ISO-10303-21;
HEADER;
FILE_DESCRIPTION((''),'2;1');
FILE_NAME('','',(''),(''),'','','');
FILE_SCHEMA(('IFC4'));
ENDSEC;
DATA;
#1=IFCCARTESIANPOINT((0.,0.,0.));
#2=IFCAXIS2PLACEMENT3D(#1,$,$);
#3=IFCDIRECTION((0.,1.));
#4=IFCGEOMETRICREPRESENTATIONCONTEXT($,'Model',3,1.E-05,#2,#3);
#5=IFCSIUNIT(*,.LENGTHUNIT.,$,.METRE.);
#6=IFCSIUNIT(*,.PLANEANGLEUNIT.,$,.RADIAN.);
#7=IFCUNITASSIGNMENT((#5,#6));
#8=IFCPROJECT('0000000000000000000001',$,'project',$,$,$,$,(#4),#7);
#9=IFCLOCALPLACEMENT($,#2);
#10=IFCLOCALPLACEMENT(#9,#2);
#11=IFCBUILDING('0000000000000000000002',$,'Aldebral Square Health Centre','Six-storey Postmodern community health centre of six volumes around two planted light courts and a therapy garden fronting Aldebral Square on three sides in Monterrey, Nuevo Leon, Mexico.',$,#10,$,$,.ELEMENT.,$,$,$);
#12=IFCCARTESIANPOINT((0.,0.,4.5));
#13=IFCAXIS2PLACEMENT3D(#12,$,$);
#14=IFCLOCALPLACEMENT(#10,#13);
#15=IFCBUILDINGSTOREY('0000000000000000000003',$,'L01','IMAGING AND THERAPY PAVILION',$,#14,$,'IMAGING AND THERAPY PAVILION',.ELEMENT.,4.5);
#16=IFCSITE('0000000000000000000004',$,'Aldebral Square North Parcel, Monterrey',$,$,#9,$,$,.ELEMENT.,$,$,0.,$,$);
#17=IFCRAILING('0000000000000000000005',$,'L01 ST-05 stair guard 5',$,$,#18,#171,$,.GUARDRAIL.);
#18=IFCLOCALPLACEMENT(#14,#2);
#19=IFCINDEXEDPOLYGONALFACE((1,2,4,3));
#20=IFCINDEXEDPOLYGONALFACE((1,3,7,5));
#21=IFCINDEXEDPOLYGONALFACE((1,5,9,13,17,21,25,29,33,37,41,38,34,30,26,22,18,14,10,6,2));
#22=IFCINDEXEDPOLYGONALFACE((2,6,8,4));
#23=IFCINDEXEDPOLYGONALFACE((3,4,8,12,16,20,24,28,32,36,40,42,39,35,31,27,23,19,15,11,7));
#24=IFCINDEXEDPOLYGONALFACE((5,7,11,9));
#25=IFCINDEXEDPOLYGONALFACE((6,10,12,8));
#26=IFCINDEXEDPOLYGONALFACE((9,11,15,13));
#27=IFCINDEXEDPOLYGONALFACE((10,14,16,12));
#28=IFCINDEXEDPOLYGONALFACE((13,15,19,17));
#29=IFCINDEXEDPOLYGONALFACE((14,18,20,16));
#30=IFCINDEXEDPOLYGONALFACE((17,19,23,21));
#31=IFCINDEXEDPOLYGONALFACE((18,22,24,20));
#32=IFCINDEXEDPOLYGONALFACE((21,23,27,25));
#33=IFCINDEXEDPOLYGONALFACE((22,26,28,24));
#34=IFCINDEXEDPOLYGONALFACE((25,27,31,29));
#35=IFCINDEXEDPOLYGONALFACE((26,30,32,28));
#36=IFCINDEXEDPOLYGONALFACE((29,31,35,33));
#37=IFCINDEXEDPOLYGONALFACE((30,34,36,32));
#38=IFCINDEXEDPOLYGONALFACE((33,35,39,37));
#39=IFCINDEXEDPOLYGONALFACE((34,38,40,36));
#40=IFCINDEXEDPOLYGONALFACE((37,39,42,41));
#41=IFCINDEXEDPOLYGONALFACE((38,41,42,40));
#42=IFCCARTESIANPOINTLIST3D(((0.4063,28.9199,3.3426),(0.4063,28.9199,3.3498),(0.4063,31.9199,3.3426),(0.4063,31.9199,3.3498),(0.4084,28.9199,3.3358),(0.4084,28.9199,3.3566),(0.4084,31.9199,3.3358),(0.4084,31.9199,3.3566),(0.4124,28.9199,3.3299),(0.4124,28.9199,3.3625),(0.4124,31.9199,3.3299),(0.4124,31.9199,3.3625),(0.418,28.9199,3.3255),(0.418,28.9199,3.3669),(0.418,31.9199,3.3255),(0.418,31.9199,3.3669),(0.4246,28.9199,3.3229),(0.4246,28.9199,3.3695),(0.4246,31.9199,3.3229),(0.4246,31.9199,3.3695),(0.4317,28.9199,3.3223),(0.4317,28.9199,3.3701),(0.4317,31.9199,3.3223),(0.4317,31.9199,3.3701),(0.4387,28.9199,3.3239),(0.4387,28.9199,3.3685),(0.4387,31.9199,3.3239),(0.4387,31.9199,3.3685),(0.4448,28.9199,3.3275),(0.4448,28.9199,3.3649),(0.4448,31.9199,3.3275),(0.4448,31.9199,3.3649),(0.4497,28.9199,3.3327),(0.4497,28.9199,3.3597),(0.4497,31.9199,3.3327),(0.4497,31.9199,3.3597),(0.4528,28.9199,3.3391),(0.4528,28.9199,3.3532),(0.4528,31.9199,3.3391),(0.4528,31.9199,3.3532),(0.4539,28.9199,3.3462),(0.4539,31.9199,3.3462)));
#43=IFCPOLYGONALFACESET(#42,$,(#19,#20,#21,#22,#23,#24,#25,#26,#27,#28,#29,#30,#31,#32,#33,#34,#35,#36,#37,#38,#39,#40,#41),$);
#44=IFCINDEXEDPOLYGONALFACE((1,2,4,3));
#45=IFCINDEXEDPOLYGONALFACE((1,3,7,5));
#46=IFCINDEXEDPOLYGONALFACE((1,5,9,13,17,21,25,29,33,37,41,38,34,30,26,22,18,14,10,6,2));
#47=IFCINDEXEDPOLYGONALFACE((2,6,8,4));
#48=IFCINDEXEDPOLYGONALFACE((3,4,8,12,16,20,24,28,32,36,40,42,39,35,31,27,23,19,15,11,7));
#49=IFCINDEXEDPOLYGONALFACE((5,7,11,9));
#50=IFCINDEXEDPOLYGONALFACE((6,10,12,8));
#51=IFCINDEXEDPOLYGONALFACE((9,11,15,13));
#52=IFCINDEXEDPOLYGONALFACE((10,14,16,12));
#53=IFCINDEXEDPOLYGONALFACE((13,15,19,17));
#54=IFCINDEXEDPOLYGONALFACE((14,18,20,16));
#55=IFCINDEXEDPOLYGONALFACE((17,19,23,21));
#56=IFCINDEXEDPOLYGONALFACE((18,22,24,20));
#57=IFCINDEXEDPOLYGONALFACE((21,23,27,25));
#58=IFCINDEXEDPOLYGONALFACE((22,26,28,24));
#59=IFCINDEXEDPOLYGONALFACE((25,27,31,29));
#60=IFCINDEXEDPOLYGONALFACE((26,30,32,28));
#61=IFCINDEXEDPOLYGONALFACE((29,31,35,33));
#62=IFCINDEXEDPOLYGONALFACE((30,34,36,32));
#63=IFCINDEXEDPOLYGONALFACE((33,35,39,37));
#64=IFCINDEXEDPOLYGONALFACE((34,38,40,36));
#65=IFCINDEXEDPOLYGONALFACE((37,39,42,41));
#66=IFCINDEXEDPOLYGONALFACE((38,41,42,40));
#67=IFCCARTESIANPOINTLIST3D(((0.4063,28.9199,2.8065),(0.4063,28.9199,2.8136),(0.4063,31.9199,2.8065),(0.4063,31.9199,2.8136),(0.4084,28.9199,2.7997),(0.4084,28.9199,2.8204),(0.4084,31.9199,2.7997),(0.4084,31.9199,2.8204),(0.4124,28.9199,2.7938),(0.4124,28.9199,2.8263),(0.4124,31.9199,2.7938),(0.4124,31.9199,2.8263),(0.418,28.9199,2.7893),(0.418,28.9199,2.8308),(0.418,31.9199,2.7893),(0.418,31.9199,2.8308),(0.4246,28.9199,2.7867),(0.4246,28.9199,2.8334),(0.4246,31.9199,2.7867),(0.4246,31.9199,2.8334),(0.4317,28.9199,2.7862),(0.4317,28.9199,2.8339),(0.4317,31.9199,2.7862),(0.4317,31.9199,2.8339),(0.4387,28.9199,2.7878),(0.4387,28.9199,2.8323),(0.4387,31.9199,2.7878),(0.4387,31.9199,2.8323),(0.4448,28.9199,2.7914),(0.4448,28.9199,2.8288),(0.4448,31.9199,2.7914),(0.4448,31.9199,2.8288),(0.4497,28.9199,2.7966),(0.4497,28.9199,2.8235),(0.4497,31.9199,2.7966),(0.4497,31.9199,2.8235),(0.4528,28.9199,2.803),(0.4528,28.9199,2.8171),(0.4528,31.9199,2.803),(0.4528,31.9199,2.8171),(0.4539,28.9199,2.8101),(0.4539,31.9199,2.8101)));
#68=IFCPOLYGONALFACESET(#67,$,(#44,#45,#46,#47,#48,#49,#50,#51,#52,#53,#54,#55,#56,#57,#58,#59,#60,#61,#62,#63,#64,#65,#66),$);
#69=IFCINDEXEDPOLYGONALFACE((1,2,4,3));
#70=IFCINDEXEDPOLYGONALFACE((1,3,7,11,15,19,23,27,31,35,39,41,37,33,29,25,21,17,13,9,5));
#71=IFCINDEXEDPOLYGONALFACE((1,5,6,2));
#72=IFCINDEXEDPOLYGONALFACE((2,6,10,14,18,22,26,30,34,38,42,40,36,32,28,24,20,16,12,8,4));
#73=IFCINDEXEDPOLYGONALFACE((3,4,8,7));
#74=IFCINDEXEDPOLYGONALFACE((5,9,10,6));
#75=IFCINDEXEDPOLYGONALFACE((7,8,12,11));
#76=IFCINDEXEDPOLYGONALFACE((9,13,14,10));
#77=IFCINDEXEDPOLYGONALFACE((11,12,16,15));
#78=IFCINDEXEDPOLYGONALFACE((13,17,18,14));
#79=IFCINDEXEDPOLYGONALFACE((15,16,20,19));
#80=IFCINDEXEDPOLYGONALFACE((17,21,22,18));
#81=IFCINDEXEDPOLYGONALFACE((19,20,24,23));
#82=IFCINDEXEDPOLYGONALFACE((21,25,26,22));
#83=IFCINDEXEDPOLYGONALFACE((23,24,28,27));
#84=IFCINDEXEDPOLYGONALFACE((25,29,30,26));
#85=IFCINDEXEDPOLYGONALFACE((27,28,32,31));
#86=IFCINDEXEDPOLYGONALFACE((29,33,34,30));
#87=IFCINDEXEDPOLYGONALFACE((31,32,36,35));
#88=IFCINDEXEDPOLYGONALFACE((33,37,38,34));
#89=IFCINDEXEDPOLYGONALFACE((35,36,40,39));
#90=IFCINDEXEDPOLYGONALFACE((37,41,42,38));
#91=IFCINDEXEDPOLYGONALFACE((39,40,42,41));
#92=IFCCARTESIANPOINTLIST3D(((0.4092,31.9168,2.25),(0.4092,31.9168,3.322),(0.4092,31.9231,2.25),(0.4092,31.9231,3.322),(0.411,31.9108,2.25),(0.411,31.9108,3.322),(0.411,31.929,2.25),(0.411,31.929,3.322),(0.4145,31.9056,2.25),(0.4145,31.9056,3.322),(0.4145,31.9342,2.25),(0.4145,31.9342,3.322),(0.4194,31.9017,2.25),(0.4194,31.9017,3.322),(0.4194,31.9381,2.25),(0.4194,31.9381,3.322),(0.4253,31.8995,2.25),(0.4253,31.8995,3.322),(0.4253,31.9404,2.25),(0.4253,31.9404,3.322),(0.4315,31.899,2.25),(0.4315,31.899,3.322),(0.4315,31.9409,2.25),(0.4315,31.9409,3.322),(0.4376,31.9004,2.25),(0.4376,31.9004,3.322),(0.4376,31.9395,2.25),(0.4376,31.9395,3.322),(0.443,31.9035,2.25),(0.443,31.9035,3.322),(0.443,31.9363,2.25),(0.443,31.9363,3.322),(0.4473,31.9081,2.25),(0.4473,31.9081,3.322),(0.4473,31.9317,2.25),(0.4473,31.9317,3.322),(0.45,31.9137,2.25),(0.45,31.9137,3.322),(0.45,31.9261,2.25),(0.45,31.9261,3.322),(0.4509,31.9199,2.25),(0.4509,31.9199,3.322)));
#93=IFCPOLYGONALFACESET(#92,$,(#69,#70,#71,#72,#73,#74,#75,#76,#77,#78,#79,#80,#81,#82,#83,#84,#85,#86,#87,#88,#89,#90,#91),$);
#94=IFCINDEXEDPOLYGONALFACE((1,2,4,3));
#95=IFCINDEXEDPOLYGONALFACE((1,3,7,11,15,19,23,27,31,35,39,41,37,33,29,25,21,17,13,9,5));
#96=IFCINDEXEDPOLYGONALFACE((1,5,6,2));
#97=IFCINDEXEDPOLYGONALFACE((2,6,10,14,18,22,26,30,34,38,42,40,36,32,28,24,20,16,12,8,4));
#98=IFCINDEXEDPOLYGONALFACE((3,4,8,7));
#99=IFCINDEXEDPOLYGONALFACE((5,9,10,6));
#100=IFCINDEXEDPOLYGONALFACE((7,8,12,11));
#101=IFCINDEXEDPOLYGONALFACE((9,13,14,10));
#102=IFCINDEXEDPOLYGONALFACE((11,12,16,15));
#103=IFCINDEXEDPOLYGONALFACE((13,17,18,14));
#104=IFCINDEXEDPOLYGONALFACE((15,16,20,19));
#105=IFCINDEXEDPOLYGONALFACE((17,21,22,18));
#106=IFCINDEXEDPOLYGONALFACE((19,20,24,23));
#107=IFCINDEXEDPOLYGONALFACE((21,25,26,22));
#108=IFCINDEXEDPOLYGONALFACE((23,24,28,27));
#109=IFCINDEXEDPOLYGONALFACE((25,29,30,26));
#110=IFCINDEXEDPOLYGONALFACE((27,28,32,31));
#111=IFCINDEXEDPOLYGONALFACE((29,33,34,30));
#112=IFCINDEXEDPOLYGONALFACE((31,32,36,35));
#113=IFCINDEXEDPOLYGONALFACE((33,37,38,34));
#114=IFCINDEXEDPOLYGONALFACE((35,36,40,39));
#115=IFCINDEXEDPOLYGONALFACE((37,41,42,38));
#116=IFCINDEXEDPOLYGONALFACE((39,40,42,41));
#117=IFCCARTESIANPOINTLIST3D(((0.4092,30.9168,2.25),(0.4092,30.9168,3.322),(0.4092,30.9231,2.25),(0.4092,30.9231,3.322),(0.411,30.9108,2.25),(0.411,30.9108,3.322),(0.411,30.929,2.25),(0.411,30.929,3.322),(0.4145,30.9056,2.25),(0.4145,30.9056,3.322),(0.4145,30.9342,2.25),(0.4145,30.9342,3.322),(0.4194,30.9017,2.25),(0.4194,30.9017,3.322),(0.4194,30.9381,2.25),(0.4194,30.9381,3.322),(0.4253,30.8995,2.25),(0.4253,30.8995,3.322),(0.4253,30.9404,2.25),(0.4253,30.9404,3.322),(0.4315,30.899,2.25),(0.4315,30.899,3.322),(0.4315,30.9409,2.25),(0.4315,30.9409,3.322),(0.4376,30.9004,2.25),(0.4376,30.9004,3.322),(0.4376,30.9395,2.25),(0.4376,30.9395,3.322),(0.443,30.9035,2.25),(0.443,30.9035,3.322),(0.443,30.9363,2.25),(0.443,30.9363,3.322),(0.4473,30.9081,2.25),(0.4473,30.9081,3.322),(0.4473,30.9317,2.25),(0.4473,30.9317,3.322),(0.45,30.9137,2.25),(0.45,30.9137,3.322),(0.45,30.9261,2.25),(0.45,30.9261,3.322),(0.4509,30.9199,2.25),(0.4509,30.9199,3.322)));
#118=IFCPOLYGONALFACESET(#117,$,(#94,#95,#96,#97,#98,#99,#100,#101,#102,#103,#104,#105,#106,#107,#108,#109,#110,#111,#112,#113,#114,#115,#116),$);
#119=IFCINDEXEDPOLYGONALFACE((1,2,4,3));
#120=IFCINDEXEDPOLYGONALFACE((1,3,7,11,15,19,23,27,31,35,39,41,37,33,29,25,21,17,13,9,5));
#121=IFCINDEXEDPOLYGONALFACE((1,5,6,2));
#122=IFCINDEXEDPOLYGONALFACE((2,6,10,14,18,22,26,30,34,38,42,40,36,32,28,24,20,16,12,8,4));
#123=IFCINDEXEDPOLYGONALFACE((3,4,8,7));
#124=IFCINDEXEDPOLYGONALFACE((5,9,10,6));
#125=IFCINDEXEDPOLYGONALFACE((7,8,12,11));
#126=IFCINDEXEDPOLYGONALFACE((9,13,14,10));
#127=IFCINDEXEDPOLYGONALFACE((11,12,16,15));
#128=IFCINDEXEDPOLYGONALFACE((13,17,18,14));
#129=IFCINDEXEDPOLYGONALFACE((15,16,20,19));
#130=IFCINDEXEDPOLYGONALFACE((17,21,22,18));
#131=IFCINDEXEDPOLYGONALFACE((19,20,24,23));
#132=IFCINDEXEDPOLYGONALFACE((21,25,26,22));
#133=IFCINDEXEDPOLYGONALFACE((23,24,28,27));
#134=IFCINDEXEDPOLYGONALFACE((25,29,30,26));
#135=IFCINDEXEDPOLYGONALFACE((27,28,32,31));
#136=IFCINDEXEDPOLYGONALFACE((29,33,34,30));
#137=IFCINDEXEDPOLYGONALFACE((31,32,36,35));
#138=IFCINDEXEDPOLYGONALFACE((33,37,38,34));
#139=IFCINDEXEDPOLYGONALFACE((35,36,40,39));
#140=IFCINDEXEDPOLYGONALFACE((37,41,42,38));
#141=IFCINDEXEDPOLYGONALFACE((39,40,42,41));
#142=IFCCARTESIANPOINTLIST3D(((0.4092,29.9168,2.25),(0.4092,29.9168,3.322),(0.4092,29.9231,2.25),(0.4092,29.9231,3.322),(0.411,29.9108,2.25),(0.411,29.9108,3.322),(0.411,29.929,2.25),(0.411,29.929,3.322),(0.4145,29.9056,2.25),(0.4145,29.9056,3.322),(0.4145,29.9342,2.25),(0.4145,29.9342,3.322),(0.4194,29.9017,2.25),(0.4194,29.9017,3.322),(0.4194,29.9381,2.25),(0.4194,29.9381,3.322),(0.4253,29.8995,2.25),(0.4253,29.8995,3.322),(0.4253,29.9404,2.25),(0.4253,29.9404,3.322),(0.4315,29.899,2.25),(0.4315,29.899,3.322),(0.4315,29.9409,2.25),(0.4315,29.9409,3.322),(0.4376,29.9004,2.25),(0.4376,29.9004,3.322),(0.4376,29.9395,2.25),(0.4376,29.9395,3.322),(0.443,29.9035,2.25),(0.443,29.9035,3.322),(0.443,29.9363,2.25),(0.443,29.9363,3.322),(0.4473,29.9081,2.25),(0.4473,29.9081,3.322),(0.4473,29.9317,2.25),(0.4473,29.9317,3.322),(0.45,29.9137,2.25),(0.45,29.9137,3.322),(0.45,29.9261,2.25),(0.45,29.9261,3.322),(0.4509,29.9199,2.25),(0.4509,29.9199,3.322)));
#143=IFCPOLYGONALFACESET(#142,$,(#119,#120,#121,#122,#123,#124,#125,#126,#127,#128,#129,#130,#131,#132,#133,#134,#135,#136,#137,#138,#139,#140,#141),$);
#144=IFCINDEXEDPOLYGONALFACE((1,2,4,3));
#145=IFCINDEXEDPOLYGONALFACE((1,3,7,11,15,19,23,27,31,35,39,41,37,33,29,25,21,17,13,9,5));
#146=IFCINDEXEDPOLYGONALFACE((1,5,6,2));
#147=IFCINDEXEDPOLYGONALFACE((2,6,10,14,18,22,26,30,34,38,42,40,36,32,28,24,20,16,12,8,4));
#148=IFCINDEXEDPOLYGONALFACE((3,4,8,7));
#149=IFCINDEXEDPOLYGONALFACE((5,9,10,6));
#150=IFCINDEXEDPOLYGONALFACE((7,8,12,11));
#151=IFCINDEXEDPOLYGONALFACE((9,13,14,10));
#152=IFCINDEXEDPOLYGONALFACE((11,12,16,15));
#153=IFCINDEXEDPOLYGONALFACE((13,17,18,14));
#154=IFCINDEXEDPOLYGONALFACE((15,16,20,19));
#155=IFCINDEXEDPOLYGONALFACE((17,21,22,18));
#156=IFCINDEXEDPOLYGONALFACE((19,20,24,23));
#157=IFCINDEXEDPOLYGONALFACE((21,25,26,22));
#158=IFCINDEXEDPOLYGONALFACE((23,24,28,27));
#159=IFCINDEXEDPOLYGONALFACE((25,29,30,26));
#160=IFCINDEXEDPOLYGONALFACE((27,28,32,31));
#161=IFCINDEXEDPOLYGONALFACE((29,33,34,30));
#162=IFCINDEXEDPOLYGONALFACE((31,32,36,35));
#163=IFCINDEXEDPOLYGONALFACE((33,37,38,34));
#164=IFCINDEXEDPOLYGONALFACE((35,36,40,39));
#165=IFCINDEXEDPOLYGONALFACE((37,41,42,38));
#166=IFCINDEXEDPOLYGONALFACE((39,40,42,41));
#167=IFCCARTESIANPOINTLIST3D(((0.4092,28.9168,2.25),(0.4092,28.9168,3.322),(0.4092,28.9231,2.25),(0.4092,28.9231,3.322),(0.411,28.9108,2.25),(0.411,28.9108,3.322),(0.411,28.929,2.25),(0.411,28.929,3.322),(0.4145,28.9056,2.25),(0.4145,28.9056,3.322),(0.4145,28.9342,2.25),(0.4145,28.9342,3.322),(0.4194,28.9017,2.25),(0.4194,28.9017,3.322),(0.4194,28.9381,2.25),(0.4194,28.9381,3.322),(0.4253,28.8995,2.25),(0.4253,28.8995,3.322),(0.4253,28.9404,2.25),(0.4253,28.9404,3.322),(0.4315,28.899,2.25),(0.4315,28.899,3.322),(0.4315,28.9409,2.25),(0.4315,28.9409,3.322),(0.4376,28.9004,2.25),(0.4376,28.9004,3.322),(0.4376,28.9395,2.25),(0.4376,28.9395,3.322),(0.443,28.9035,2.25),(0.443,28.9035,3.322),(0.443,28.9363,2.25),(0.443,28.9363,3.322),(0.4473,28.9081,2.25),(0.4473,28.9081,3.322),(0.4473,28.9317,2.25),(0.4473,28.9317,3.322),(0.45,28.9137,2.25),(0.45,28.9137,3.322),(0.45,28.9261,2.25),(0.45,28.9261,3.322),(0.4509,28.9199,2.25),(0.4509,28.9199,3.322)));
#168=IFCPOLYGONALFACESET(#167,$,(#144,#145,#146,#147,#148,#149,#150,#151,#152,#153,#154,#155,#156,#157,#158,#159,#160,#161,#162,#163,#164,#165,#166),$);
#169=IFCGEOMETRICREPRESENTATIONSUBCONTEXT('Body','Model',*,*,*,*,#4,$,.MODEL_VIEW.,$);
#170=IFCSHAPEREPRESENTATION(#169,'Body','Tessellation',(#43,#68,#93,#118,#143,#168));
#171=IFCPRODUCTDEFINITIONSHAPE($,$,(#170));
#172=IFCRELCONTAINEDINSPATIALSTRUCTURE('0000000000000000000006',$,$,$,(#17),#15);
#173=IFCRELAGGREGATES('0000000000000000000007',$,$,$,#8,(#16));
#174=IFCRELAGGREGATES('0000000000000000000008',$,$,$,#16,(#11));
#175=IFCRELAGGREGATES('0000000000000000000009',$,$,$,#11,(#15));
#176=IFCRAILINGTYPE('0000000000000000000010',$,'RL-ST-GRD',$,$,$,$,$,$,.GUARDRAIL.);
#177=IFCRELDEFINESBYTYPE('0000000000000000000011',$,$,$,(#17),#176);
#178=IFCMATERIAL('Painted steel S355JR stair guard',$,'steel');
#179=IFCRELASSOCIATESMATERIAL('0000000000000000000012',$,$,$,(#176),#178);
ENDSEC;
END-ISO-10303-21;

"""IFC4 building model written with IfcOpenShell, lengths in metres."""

from ifc_helpers import new_model, si_unit, direction, frame, origin, origin_2d, place, context, subcontext, project, spatial, circle, extrude, material, type_object, element, save


model = new_model("IFC4")

# Units and contexts
model_context = context("Model", 3, precision=1e-05, world=origin(), true_north=direction((0.0, 1.0)))
body_context = subcontext(model_context, "Body", "Model", "MODEL_VIEW")
ifc_project = project(units=[si_unit("LENGTHUNIT", "METRE"), si_unit("PLANEANGLEUNIT", "RADIAN")], contexts=[model_context])

# Site, building, storey
site_placement = place(None, origin())
site = spatial("IfcSite", under=ifc_project, at=site_placement, Name="Aldebral Square North Parcel, Monterrey", CompositionType="ELEMENT", RefElevation=0.0)
building_placement = place(site_placement, origin())
building = spatial("IfcBuilding", under=site, at=building_placement, Name="Aldebral Square Health Centre", Description="Six-storey Postmodern community health centre of six volumes around two planted light courts and a therapy garden fronting Aldebral Square on three sides in Monterrey, Nuevo Leon, Mexico.", CompositionType="ELEMENT")
storey_placement = place(building_placement, frame((0.0, 0.0, 4.5)))
storey = spatial("IfcBuildingStorey", under=building, at=storey_placement, Name="L01", Description="IMAGING AND THERAPY PAVILION", LongName="IMAGING AND THERAPY PAVILION", CompositionType="ELEMENT", Elevation=4.5)

# Railing
ifc_material_1 = material(Name="Painted steel S355JR stair guard", Category="steel")
railing_type_1 = type_object("IfcRailingType", Name="RL-ST-GRD", PredefinedType="GUARDRAIL", material=ifc_material_1)
railing_1_placement = place(storey_placement, frame((0.4299, 31.9199, 2.25)))
element("IfcRailing", 1, at=railing_1_placement, inside=storey, type_object=railing_type_1, Name="L01 ST-05 stair guard 5", PredefinedType="GUARDRAIL", context=body_context, shape_type="SweptSolid", body=[
    extrude(circle(Radius=0.0239, at=origin_2d()), frame((0.0, 0.0, 1.0962), z_axis=(0.0, -1.0, 0.0), x_axis=(1.0, 0.0, 0.0)), (0.0, 0.0, 1.0), 3.0),
    extrude(circle(Radius=0.0239, at=origin_2d()), frame((0.0, 0.0, 0.5601), z_axis=(0.0, -1.0, 0.0), x_axis=(1.0, 0.0, 0.0)), (0.0, 0.0, 1.0), 3.0),
    extrude(circle(Radius=0.021, at=origin_2d()), origin(), (0.0, 0.0, 1.0), 1.072),
    extrude(circle(Radius=0.021, at=origin_2d()), frame((0.0, -1.0, 0.0)), (0.0, 0.0, 1.0), 1.072),
    extrude(circle(Radius=0.021, at=origin_2d()), frame((0.0, -2.0, 0.0)), (0.0, 0.0, 1.0), 1.072),
    extrude(circle(Radius=0.021, at=origin_2d()), frame((0.0, -3.0, 0.0)), (0.0, 0.0, 1.0), 1.072),
])

save(model, "model.ifc")
